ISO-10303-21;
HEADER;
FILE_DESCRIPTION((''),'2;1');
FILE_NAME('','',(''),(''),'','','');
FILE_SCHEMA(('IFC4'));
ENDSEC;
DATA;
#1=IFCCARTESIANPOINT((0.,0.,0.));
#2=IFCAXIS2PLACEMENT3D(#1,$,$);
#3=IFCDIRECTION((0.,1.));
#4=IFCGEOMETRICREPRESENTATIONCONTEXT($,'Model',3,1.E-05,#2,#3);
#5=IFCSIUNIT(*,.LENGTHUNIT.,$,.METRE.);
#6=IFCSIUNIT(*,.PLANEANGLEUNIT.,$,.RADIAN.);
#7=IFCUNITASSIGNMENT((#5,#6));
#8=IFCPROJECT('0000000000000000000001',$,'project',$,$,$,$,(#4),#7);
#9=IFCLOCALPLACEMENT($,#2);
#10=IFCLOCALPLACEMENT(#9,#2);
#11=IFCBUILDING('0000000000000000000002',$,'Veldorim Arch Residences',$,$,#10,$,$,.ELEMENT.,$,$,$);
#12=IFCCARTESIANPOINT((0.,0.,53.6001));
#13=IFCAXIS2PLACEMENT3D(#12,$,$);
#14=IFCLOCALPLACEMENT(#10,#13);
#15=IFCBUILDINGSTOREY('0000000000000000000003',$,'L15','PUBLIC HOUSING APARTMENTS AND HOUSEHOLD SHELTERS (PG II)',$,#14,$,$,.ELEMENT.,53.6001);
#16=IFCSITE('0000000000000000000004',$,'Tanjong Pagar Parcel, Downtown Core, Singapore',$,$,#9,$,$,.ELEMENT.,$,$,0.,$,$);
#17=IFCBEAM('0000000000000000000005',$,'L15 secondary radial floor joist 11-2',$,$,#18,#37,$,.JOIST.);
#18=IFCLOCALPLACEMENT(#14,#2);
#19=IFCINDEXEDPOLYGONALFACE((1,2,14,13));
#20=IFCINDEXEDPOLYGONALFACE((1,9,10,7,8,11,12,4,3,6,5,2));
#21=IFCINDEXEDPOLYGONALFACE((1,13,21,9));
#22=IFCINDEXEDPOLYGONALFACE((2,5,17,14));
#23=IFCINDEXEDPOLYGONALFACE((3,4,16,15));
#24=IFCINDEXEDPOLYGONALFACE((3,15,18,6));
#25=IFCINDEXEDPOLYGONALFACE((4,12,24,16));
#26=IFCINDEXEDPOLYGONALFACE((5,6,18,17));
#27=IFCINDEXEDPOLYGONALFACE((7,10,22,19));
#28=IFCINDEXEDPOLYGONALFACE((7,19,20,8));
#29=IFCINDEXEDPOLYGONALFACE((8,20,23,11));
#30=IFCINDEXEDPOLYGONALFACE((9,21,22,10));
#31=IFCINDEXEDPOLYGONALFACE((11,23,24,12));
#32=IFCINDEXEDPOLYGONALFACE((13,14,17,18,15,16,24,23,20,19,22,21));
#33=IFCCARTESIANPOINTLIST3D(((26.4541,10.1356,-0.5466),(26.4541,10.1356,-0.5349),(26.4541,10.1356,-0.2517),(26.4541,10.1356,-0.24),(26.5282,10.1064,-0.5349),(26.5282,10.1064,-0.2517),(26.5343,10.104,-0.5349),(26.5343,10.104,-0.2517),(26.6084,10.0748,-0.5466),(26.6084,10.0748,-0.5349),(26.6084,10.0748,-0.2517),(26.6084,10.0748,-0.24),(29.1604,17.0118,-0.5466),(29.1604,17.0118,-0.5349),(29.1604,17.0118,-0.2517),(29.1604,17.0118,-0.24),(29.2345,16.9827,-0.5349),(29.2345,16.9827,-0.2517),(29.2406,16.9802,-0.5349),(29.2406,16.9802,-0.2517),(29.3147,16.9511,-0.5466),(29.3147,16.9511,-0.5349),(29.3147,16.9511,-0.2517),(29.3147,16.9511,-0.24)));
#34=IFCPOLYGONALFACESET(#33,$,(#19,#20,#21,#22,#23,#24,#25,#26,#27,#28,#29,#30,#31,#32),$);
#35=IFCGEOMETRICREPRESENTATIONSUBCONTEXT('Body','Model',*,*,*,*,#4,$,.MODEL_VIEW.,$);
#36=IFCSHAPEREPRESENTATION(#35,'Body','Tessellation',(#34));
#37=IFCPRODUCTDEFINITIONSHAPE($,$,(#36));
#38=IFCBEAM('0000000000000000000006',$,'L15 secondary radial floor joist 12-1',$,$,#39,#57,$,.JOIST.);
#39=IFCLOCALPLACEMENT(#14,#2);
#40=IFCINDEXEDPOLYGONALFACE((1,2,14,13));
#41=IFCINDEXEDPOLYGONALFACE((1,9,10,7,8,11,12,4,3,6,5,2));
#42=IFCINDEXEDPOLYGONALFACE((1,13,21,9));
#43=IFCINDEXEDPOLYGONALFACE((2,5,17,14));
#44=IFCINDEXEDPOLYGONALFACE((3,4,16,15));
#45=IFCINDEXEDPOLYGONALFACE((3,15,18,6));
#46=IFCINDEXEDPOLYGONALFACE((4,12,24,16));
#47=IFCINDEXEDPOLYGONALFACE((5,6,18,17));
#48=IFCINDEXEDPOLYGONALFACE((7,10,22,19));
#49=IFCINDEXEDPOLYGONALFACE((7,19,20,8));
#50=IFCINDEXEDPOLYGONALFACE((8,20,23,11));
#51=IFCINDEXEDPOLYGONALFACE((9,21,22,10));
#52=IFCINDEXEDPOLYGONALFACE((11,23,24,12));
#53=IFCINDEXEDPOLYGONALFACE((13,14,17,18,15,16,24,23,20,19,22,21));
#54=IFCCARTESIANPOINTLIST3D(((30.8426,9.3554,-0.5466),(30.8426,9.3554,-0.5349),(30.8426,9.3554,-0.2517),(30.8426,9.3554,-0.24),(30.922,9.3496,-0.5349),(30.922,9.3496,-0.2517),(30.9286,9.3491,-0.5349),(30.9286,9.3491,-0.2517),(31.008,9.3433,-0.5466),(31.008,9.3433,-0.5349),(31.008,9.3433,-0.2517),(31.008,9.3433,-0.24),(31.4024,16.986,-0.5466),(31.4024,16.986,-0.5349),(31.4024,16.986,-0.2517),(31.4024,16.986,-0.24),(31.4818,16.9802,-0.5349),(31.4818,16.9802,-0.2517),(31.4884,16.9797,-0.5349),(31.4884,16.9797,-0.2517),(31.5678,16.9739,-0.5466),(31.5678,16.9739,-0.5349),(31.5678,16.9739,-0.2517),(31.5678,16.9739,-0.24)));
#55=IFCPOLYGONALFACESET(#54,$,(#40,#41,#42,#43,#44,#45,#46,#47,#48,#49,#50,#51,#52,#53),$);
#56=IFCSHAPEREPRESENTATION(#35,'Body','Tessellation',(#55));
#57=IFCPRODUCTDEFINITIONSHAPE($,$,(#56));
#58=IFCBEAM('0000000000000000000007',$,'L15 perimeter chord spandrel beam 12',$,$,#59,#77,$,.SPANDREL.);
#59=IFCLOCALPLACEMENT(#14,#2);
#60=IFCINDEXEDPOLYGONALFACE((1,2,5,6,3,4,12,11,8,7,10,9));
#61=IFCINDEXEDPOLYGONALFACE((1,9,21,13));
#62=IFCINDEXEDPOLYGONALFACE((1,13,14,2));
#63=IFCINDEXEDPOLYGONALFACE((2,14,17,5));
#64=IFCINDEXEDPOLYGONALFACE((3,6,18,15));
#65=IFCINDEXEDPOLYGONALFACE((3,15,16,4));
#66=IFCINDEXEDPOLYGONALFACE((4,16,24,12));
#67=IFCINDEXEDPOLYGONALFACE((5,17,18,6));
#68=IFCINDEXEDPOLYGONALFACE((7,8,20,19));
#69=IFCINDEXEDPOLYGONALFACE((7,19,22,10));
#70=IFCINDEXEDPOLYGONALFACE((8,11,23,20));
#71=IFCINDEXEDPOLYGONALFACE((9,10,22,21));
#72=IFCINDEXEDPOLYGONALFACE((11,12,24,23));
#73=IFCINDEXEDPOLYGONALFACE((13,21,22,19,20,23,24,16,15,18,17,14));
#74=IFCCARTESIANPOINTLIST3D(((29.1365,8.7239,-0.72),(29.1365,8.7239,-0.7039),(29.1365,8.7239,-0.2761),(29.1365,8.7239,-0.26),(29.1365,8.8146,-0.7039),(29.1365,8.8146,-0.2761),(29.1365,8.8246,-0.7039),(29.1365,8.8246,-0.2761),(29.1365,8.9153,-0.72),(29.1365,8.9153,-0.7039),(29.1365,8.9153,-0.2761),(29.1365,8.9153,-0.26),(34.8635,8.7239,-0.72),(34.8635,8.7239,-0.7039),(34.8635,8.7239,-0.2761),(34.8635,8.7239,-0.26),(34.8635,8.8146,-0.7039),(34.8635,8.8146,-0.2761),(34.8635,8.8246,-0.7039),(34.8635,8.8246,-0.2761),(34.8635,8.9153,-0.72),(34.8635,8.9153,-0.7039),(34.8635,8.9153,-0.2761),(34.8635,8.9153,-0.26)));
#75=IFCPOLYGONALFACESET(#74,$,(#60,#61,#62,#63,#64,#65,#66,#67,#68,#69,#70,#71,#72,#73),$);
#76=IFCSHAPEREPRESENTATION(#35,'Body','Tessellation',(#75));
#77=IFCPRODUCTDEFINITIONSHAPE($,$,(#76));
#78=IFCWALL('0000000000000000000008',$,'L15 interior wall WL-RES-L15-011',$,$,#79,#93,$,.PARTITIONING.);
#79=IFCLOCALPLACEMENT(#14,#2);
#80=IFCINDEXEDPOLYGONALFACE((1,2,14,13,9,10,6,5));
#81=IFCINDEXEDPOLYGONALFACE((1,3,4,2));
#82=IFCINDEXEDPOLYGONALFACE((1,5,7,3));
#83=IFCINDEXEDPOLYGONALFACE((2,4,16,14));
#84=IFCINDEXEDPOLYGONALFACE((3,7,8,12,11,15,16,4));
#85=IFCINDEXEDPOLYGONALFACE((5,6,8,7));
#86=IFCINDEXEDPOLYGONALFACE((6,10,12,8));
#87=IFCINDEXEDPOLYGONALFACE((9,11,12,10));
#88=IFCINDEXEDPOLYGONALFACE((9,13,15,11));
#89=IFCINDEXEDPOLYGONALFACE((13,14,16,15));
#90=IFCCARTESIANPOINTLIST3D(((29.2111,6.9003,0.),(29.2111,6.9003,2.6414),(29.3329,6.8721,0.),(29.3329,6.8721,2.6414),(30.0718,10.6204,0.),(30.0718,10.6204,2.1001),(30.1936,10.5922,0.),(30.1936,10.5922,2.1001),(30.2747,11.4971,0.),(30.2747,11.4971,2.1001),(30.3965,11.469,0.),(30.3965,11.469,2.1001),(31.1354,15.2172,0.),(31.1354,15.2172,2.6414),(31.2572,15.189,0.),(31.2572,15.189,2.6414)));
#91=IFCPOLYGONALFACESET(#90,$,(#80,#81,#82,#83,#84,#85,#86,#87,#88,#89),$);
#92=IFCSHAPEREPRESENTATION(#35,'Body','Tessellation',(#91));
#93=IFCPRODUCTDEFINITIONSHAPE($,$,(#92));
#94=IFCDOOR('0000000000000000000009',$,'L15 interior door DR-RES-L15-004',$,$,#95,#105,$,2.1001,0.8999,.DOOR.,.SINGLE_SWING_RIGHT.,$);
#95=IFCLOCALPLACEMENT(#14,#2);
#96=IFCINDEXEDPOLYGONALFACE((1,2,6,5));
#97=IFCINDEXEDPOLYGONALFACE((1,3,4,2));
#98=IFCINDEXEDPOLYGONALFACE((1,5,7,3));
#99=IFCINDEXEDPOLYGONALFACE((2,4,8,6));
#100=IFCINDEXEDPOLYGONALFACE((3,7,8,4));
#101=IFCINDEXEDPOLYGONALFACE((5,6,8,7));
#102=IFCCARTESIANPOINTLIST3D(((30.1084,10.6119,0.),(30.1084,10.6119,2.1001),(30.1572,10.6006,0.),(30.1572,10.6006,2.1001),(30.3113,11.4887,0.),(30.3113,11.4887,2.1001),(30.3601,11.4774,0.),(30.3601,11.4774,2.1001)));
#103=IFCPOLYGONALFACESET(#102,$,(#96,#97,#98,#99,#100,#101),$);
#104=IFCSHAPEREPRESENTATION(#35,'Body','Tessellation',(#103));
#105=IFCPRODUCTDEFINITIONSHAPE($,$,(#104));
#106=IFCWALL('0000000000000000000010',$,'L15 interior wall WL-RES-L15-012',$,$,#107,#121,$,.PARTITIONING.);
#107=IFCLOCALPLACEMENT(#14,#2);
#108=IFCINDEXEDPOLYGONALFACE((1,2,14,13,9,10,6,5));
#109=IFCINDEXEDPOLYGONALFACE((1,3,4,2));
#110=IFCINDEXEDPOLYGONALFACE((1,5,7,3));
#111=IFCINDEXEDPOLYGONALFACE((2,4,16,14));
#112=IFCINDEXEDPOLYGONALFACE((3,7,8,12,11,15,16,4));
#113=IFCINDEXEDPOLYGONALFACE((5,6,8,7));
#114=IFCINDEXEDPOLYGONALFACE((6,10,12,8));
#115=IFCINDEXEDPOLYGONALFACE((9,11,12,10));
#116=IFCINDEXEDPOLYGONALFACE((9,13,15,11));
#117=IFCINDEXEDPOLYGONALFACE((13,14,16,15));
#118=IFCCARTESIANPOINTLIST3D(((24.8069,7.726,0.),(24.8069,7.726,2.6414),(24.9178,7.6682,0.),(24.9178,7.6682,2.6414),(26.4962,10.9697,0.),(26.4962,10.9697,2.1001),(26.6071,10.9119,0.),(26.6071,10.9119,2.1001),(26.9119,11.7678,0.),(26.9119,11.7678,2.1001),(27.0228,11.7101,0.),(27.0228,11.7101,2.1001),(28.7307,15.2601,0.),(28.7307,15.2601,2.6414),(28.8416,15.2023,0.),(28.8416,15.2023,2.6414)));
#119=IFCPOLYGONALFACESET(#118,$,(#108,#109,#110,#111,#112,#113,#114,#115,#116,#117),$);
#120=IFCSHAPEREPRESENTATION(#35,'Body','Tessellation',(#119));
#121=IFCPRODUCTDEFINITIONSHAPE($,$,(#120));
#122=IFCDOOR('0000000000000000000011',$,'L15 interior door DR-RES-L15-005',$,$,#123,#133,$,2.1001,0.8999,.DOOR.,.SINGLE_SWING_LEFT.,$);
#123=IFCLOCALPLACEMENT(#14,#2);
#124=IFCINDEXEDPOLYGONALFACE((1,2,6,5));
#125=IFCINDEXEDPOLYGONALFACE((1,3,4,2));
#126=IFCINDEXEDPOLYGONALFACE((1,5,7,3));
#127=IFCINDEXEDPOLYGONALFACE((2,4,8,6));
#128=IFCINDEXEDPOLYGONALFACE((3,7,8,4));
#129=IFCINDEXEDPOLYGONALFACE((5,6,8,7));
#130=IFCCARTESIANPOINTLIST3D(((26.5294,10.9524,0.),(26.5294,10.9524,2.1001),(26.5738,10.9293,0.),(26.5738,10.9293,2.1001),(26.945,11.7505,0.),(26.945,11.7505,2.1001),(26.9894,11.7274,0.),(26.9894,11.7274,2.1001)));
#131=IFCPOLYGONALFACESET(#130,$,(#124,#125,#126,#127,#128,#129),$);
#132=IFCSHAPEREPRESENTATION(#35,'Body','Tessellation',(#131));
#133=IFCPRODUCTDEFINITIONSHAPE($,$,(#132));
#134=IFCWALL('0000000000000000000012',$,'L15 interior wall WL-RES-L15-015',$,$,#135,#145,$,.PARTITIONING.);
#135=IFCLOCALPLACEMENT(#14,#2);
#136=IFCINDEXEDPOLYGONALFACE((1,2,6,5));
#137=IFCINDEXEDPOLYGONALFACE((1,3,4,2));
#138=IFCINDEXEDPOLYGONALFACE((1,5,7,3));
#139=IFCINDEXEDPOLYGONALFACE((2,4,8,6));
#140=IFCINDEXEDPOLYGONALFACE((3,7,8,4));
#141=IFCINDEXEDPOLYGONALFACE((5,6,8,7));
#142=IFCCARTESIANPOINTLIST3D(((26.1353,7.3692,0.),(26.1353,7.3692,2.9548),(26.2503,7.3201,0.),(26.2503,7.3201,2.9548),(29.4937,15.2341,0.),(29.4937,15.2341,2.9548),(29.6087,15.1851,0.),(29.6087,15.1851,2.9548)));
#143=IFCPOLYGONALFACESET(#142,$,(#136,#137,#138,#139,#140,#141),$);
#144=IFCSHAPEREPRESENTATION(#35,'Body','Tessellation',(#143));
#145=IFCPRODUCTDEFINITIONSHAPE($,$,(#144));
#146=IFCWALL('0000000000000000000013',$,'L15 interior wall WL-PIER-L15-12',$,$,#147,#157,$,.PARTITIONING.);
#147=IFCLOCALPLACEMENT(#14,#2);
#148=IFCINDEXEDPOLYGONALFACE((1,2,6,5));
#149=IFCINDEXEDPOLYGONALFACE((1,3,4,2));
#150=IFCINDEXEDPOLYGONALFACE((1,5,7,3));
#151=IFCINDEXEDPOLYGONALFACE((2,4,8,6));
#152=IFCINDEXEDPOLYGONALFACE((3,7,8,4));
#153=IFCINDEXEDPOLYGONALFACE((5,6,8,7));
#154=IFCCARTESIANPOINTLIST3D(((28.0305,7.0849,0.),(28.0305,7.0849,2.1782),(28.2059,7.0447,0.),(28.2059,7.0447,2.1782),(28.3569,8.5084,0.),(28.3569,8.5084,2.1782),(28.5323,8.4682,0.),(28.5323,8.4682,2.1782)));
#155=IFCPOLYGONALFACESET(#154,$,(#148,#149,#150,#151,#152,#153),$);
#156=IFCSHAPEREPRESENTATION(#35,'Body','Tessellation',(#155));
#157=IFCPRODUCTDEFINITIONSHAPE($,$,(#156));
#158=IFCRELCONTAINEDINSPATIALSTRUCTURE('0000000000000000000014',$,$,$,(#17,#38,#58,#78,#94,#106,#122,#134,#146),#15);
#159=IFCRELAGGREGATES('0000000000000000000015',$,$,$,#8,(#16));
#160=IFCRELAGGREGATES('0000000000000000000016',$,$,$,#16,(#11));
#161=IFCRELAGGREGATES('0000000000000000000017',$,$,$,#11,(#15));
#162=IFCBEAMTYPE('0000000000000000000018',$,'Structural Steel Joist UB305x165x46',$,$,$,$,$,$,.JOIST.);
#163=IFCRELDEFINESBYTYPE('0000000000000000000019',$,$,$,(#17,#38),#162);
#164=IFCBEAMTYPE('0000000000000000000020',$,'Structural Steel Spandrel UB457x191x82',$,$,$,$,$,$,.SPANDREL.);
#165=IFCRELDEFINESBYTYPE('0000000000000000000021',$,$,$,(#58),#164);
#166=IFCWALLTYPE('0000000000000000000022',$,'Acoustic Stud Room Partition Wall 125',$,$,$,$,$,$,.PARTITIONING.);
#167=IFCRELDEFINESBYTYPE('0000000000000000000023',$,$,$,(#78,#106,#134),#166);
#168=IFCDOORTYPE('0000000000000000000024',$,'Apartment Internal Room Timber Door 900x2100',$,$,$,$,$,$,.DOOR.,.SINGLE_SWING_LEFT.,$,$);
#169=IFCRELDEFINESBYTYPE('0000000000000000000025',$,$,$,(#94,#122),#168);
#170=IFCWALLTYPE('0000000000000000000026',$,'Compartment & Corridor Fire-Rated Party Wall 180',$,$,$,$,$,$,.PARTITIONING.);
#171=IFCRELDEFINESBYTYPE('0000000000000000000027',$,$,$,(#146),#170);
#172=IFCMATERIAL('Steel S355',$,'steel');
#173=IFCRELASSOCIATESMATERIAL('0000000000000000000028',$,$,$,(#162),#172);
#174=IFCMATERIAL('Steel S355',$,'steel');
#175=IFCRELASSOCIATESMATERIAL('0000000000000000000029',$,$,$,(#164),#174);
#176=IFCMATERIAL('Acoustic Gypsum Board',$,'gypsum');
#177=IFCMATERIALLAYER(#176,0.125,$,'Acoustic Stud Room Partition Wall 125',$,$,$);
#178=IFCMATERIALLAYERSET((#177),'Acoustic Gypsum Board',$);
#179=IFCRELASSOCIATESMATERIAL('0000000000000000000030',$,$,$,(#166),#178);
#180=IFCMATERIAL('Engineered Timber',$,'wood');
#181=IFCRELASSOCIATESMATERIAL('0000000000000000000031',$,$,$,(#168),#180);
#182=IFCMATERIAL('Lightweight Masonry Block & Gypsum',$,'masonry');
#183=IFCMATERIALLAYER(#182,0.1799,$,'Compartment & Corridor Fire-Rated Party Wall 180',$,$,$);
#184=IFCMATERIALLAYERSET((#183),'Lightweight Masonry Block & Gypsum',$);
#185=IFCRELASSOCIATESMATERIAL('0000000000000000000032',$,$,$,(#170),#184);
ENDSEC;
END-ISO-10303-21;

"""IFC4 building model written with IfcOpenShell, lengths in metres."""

from ifc_helpers import new_model, si_unit, direction, frame, frame_2d, origin, origin_2d, place, context, subcontext, project, spatial, rectangle, i_section, extrude, material, layer, layer_set, material_profile, profile_set, type_object, element, fill, save


model = new_model("IFC4")

# Units and contexts
model_context = context("Model", 3, precision=1e-05, world=origin(), true_north=direction((0.0, 1.0)))
body_context = subcontext(model_context, "Body", "Model", "MODEL_VIEW")
ifc_project = project(units=[si_unit("LENGTHUNIT", "METRE"), si_unit("PLANEANGLEUNIT", "RADIAN")], contexts=[model_context])

# Site, building, storey
site_placement = place(None, origin())
site = spatial("IfcSite", under=ifc_project, at=site_placement, Name="Tanjong Pagar Parcel, Downtown Core, Singapore", CompositionType="ELEMENT", RefElevation=0.0)
building_placement = place(site_placement, origin())
building = spatial("IfcBuilding", under=site, at=building_placement, Name="Veldorim Arch Residences", CompositionType="ELEMENT")
storey_placement = place(building_placement, frame((0.0, 0.0, 53.6001)))
storey = spatial("IfcBuildingStorey", under=building, at=storey_placement, Name="L15", Description="PUBLIC HOUSING APARTMENTS AND HOUSEHOLD SHELTERS (PG II)", CompositionType="ELEMENT", Elevation=53.6001)

# Beams
ifc_material_1 = material(Name="Steel S355", Category="steel")
ifc_material_profile_1 = material_profile(ifc_material_1, i_section(OverallWidth=0.1658, OverallDepth=0.3066, WebThickness=0.0066, FlangeThickness=0.0117, at=origin_2d()), Name="UB305x165x46")
ifc_profile_set_1 = profile_set([ifc_material_profile_1], Name="Steel S355")
beam_type_1 = type_object("IfcBeamType", Name="Structural Steel Joist UB305x165x46", PredefinedType="JOIST", material=ifc_profile_set_1)
beam_1_placement = place(storey_placement, frame((29.2375, 16.9814, -0.3933), z_axis=(-0.36623, -0.930524, 0.0), x_axis=(0.930524, -0.36623, 0.0)))
element("IfcBeam", 1, at=beam_1_placement, inside=storey, type_object=beam_type_1, Name="L15 secondary radial floor joist 11-2", PredefinedType="JOIST", context=body_context, shape_type="SweptSolid", body=[
    extrude(i_section(OverallWidth=0.1658, OverallDepth=0.3066, WebThickness=0.0066, FlangeThickness=0.0117, at=origin_2d()), origin(), (0.0, 0.0, 1.0), 7.3896),
])
beam_2_placement = place(storey_placement, frame((31.4851, 16.98, -0.3933), z_axis=(-0.073168, -0.99732, 0.0), x_axis=(0.99732, -0.073168, 0.0)))
element("IfcBeam", 2, at=beam_2_placement, inside=storey, type_object=beam_type_1, Name="L15 secondary radial floor joist 12-1", PredefinedType="JOIST", context=body_context, shape_type="SweptSolid", body=[
    extrude(i_section(OverallWidth=0.1658, OverallDepth=0.3066, WebThickness=0.0066, FlangeThickness=0.0117, at=origin_2d()), origin(), (0.0, 0.0, 1.0), 7.6511),
])
ifc_material_2 = material(Name="Steel S355", Category="steel")
ifc_material_profile_2 = material_profile(ifc_material_2, i_section(OverallWidth=0.1914, OverallDepth=0.46, WebThickness=0.01, FlangeThickness=0.0161, at=origin_2d()), Name="UB457x191x82")
ifc_profile_set_2 = profile_set([ifc_material_profile_2], Name="Steel S355")
beam_type_2 = type_object("IfcBeamType", Name="Structural Steel Spandrel UB457x191x82", PredefinedType="SPANDREL", material=ifc_profile_set_2)
beam_3_placement = place(storey_placement, frame((29.1365, 8.8196, -0.49), z_axis=(1.0, 0.0, 0.0), x_axis=(0.0, 1.0, 0.0)))
element("IfcBeam", 3, at=beam_3_placement, inside=storey, type_object=beam_type_2, Name="L15 perimeter chord spandrel beam 12", PredefinedType="SPANDREL", context=body_context, shape_type="SweptSolid", body=[
    extrude(i_section(OverallWidth=0.1914, OverallDepth=0.46, WebThickness=0.01, FlangeThickness=0.0161, at=origin_2d()), origin(), (0.0, 0.0, 1.0), 5.7271),
])

# Walls, openings, doors
ifc_material_3 = material(Name="Acoustic Gypsum Board", Category="gypsum")
ifc_layer_1 = layer(ifc_material_3, 0.125, Name="Acoustic Stud Room Partition Wall 125")
ifc_layer_set_1 = layer_set([ifc_layer_1], Name="Acoustic Gypsum Board")
wall_type_1 = type_object("IfcWallType", Name="Acoustic Stud Room Partition Wall 125", PredefinedType="PARTITIONING", material=ifc_layer_set_1)
wall_1_placement = place(storey_placement, frame((29.272, 6.8862, 0.0), z_axis=(0.0, 0.0, 1.0), x_axis=(0.225419, 0.974262, 0.0)))
wall_1 = element("IfcWall", 4, at=wall_1_placement, inside=storey, type_object=wall_type_1, Name="L15 interior wall WL-RES-L15-011", PredefinedType="PARTITIONING", context=body_context, shape_type="SweptSolid", body=[
    extrude(rectangle(XDim=8.5366, YDim=0.125, at=frame_2d((4.2683, 0.0))), origin(), (0.0, 0.0, 1.0), 2.6414),
])
opening_1_placement = place(wall_1_placement, frame((3.8184, 0.0, 0.0)))
opening_1 = element("IfcOpeningElement", 5, at=opening_1_placement, cuts=wall_1, PredefinedType="OPENING", context=body_context, shape_type="SweptSolid", body=[
    extrude(rectangle(XDim=0.8999, YDim=2.1001, at=frame_2d((0.45, 1.05))), frame((0.0, 0.0725, 0.0), z_axis=(0.0, -1.0, 0.0), x_axis=(1.0, 0.0, 0.0)), (0.0, 0.0, 1.0), 0.145),
])
ifc_material_4 = material(Name="Engineered Timber", Category="wood")
door_type_1 = type_object("IfcDoorType", Name="Apartment Internal Room Timber Door 900x2100", OperationType="SINGLE_SWING_LEFT", PredefinedType="DOOR", material=ifc_material_4)
door_1_placement = place(opening_1_placement, origin())
door_1 = element("IfcDoor", 6, at=door_1_placement, inside=storey, type_object=door_type_1, Name="L15 interior door DR-RES-L15-004", OperationType="SINGLE_SWING_RIGHT", OverallHeight=2.1001, OverallWidth=0.8999, PredefinedType="DOOR", context=body_context, shape_type="SweptSolid", body=[
    extrude(rectangle(XDim=0.8999, YDim=2.1001, at=frame_2d((0.45, 1.05))), frame((0.0, 0.0249, 0.0), z_axis=(0.0, -1.0, 0.0), x_axis=(1.0, 0.0, 0.0)), (0.0, 0.0, 1.0), 0.05),
])
fill(opening_1, door_1)
wall_2_placement = place(storey_placement, frame((28.7861, 15.2312, 0.0), z_axis=(0.0, 0.0, 1.0), x_axis=(-0.461914, -0.886925, 0.0)))
wall_2 = element("IfcWall", 7, at=wall_2_placement, inside=storey, type_object=wall_type_1, Name="L15 interior wall WL-RES-L15-012", PredefinedType="PARTITIONING", context=body_context, shape_type="SweptSolid", body=[
    extrude(rectangle(XDim=8.4946, YDim=0.125, at=frame_2d((4.2473, 0.0))), origin(), (0.0, 0.0, 1.0), 2.6414),
])
opening_2_placement = place(wall_2_placement, frame((3.9375, 0.0, 0.0)))
opening_2 = element("IfcOpeningElement", 8, at=opening_2_placement, cuts=wall_2, PredefinedType="OPENING", context=body_context, shape_type="SweptSolid", body=[
    extrude(rectangle(XDim=0.8999, YDim=2.1001, at=frame_2d((0.45, 1.05))), frame((0.0, 0.0725, 0.0), z_axis=(0.0, -1.0, 0.0), x_axis=(1.0, 0.0, 0.0)), (0.0, 0.0, 1.0), 0.145),
])
door_2_placement = place(opening_2_placement, origin())
door_2 = element("IfcDoor", 9, at=door_2_placement, inside=storey, type_object=door_type_1, Name="L15 interior door DR-RES-L15-005", OperationType="SINGLE_SWING_LEFT", OverallHeight=2.1001, OverallWidth=0.8999, PredefinedType="DOOR", context=body_context, shape_type="SweptSolid", body=[
    extrude(rectangle(XDim=0.8999, YDim=2.1001, at=frame_2d((0.45, 1.05))), frame((0.0, 0.0249, 0.0), z_axis=(0.0, -1.0, 0.0), x_axis=(1.0, 0.0, 0.0)), (0.0, 0.0, 1.0), 0.05),
])
fill(opening_2, door_2)

# Walls
wall_3_placement = place(storey_placement, frame((26.1929, 7.3447, 0.0), z_axis=(0.0, 0.0, 1.0), x_axis=(0.392703, 0.919665, 0.0)))
element("IfcWall", 10, at=wall_3_placement, inside=storey, type_object=wall_type_1, Name="L15 interior wall WL-RES-L15-015", PredefinedType="PARTITIONING", context=body_context, shape_type="SweptSolid", body=[
    extrude(rectangle(XDim=8.552, YDim=0.125, at=frame_2d((4.2759, 0.0))), origin(), (0.0, 0.0, 1.0), 2.9548),
])
ifc_material_5 = material(Name="Lightweight Masonry Block & Gypsum", Category="masonry")
ifc_layer_2 = layer(ifc_material_5, 0.1799, Name="Compartment & Corridor Fire-Rated Party Wall 180")
ifc_layer_set_2 = layer_set([ifc_layer_2], Name="Lightweight Masonry Block & Gypsum")
wall_type_2 = type_object("IfcWallType", Name="Compartment & Corridor Fire-Rated Party Wall 180", PredefinedType="PARTITIONING", material=ifc_layer_set_2)
wall_4_placement = place(storey_placement, frame((28.4446, 8.4883, 0.0), z_axis=(0.0, 0.0, 1.0), x_axis=(-0.223492, -0.974706, 0.0)))
element("IfcWall", 11, at=wall_4_placement, inside=storey, type_object=wall_type_2, Name="L15 interior wall WL-PIER-L15-12", PredefinedType="PARTITIONING", context=body_context, shape_type="SweptSolid", body=[
    extrude(rectangle(XDim=1.4604, YDim=0.1799, at=frame_2d((0.7302, 0.0))), origin(), (0.0, 0.0, 1.0), 2.1782),
])

save(model, "model.ifc")
